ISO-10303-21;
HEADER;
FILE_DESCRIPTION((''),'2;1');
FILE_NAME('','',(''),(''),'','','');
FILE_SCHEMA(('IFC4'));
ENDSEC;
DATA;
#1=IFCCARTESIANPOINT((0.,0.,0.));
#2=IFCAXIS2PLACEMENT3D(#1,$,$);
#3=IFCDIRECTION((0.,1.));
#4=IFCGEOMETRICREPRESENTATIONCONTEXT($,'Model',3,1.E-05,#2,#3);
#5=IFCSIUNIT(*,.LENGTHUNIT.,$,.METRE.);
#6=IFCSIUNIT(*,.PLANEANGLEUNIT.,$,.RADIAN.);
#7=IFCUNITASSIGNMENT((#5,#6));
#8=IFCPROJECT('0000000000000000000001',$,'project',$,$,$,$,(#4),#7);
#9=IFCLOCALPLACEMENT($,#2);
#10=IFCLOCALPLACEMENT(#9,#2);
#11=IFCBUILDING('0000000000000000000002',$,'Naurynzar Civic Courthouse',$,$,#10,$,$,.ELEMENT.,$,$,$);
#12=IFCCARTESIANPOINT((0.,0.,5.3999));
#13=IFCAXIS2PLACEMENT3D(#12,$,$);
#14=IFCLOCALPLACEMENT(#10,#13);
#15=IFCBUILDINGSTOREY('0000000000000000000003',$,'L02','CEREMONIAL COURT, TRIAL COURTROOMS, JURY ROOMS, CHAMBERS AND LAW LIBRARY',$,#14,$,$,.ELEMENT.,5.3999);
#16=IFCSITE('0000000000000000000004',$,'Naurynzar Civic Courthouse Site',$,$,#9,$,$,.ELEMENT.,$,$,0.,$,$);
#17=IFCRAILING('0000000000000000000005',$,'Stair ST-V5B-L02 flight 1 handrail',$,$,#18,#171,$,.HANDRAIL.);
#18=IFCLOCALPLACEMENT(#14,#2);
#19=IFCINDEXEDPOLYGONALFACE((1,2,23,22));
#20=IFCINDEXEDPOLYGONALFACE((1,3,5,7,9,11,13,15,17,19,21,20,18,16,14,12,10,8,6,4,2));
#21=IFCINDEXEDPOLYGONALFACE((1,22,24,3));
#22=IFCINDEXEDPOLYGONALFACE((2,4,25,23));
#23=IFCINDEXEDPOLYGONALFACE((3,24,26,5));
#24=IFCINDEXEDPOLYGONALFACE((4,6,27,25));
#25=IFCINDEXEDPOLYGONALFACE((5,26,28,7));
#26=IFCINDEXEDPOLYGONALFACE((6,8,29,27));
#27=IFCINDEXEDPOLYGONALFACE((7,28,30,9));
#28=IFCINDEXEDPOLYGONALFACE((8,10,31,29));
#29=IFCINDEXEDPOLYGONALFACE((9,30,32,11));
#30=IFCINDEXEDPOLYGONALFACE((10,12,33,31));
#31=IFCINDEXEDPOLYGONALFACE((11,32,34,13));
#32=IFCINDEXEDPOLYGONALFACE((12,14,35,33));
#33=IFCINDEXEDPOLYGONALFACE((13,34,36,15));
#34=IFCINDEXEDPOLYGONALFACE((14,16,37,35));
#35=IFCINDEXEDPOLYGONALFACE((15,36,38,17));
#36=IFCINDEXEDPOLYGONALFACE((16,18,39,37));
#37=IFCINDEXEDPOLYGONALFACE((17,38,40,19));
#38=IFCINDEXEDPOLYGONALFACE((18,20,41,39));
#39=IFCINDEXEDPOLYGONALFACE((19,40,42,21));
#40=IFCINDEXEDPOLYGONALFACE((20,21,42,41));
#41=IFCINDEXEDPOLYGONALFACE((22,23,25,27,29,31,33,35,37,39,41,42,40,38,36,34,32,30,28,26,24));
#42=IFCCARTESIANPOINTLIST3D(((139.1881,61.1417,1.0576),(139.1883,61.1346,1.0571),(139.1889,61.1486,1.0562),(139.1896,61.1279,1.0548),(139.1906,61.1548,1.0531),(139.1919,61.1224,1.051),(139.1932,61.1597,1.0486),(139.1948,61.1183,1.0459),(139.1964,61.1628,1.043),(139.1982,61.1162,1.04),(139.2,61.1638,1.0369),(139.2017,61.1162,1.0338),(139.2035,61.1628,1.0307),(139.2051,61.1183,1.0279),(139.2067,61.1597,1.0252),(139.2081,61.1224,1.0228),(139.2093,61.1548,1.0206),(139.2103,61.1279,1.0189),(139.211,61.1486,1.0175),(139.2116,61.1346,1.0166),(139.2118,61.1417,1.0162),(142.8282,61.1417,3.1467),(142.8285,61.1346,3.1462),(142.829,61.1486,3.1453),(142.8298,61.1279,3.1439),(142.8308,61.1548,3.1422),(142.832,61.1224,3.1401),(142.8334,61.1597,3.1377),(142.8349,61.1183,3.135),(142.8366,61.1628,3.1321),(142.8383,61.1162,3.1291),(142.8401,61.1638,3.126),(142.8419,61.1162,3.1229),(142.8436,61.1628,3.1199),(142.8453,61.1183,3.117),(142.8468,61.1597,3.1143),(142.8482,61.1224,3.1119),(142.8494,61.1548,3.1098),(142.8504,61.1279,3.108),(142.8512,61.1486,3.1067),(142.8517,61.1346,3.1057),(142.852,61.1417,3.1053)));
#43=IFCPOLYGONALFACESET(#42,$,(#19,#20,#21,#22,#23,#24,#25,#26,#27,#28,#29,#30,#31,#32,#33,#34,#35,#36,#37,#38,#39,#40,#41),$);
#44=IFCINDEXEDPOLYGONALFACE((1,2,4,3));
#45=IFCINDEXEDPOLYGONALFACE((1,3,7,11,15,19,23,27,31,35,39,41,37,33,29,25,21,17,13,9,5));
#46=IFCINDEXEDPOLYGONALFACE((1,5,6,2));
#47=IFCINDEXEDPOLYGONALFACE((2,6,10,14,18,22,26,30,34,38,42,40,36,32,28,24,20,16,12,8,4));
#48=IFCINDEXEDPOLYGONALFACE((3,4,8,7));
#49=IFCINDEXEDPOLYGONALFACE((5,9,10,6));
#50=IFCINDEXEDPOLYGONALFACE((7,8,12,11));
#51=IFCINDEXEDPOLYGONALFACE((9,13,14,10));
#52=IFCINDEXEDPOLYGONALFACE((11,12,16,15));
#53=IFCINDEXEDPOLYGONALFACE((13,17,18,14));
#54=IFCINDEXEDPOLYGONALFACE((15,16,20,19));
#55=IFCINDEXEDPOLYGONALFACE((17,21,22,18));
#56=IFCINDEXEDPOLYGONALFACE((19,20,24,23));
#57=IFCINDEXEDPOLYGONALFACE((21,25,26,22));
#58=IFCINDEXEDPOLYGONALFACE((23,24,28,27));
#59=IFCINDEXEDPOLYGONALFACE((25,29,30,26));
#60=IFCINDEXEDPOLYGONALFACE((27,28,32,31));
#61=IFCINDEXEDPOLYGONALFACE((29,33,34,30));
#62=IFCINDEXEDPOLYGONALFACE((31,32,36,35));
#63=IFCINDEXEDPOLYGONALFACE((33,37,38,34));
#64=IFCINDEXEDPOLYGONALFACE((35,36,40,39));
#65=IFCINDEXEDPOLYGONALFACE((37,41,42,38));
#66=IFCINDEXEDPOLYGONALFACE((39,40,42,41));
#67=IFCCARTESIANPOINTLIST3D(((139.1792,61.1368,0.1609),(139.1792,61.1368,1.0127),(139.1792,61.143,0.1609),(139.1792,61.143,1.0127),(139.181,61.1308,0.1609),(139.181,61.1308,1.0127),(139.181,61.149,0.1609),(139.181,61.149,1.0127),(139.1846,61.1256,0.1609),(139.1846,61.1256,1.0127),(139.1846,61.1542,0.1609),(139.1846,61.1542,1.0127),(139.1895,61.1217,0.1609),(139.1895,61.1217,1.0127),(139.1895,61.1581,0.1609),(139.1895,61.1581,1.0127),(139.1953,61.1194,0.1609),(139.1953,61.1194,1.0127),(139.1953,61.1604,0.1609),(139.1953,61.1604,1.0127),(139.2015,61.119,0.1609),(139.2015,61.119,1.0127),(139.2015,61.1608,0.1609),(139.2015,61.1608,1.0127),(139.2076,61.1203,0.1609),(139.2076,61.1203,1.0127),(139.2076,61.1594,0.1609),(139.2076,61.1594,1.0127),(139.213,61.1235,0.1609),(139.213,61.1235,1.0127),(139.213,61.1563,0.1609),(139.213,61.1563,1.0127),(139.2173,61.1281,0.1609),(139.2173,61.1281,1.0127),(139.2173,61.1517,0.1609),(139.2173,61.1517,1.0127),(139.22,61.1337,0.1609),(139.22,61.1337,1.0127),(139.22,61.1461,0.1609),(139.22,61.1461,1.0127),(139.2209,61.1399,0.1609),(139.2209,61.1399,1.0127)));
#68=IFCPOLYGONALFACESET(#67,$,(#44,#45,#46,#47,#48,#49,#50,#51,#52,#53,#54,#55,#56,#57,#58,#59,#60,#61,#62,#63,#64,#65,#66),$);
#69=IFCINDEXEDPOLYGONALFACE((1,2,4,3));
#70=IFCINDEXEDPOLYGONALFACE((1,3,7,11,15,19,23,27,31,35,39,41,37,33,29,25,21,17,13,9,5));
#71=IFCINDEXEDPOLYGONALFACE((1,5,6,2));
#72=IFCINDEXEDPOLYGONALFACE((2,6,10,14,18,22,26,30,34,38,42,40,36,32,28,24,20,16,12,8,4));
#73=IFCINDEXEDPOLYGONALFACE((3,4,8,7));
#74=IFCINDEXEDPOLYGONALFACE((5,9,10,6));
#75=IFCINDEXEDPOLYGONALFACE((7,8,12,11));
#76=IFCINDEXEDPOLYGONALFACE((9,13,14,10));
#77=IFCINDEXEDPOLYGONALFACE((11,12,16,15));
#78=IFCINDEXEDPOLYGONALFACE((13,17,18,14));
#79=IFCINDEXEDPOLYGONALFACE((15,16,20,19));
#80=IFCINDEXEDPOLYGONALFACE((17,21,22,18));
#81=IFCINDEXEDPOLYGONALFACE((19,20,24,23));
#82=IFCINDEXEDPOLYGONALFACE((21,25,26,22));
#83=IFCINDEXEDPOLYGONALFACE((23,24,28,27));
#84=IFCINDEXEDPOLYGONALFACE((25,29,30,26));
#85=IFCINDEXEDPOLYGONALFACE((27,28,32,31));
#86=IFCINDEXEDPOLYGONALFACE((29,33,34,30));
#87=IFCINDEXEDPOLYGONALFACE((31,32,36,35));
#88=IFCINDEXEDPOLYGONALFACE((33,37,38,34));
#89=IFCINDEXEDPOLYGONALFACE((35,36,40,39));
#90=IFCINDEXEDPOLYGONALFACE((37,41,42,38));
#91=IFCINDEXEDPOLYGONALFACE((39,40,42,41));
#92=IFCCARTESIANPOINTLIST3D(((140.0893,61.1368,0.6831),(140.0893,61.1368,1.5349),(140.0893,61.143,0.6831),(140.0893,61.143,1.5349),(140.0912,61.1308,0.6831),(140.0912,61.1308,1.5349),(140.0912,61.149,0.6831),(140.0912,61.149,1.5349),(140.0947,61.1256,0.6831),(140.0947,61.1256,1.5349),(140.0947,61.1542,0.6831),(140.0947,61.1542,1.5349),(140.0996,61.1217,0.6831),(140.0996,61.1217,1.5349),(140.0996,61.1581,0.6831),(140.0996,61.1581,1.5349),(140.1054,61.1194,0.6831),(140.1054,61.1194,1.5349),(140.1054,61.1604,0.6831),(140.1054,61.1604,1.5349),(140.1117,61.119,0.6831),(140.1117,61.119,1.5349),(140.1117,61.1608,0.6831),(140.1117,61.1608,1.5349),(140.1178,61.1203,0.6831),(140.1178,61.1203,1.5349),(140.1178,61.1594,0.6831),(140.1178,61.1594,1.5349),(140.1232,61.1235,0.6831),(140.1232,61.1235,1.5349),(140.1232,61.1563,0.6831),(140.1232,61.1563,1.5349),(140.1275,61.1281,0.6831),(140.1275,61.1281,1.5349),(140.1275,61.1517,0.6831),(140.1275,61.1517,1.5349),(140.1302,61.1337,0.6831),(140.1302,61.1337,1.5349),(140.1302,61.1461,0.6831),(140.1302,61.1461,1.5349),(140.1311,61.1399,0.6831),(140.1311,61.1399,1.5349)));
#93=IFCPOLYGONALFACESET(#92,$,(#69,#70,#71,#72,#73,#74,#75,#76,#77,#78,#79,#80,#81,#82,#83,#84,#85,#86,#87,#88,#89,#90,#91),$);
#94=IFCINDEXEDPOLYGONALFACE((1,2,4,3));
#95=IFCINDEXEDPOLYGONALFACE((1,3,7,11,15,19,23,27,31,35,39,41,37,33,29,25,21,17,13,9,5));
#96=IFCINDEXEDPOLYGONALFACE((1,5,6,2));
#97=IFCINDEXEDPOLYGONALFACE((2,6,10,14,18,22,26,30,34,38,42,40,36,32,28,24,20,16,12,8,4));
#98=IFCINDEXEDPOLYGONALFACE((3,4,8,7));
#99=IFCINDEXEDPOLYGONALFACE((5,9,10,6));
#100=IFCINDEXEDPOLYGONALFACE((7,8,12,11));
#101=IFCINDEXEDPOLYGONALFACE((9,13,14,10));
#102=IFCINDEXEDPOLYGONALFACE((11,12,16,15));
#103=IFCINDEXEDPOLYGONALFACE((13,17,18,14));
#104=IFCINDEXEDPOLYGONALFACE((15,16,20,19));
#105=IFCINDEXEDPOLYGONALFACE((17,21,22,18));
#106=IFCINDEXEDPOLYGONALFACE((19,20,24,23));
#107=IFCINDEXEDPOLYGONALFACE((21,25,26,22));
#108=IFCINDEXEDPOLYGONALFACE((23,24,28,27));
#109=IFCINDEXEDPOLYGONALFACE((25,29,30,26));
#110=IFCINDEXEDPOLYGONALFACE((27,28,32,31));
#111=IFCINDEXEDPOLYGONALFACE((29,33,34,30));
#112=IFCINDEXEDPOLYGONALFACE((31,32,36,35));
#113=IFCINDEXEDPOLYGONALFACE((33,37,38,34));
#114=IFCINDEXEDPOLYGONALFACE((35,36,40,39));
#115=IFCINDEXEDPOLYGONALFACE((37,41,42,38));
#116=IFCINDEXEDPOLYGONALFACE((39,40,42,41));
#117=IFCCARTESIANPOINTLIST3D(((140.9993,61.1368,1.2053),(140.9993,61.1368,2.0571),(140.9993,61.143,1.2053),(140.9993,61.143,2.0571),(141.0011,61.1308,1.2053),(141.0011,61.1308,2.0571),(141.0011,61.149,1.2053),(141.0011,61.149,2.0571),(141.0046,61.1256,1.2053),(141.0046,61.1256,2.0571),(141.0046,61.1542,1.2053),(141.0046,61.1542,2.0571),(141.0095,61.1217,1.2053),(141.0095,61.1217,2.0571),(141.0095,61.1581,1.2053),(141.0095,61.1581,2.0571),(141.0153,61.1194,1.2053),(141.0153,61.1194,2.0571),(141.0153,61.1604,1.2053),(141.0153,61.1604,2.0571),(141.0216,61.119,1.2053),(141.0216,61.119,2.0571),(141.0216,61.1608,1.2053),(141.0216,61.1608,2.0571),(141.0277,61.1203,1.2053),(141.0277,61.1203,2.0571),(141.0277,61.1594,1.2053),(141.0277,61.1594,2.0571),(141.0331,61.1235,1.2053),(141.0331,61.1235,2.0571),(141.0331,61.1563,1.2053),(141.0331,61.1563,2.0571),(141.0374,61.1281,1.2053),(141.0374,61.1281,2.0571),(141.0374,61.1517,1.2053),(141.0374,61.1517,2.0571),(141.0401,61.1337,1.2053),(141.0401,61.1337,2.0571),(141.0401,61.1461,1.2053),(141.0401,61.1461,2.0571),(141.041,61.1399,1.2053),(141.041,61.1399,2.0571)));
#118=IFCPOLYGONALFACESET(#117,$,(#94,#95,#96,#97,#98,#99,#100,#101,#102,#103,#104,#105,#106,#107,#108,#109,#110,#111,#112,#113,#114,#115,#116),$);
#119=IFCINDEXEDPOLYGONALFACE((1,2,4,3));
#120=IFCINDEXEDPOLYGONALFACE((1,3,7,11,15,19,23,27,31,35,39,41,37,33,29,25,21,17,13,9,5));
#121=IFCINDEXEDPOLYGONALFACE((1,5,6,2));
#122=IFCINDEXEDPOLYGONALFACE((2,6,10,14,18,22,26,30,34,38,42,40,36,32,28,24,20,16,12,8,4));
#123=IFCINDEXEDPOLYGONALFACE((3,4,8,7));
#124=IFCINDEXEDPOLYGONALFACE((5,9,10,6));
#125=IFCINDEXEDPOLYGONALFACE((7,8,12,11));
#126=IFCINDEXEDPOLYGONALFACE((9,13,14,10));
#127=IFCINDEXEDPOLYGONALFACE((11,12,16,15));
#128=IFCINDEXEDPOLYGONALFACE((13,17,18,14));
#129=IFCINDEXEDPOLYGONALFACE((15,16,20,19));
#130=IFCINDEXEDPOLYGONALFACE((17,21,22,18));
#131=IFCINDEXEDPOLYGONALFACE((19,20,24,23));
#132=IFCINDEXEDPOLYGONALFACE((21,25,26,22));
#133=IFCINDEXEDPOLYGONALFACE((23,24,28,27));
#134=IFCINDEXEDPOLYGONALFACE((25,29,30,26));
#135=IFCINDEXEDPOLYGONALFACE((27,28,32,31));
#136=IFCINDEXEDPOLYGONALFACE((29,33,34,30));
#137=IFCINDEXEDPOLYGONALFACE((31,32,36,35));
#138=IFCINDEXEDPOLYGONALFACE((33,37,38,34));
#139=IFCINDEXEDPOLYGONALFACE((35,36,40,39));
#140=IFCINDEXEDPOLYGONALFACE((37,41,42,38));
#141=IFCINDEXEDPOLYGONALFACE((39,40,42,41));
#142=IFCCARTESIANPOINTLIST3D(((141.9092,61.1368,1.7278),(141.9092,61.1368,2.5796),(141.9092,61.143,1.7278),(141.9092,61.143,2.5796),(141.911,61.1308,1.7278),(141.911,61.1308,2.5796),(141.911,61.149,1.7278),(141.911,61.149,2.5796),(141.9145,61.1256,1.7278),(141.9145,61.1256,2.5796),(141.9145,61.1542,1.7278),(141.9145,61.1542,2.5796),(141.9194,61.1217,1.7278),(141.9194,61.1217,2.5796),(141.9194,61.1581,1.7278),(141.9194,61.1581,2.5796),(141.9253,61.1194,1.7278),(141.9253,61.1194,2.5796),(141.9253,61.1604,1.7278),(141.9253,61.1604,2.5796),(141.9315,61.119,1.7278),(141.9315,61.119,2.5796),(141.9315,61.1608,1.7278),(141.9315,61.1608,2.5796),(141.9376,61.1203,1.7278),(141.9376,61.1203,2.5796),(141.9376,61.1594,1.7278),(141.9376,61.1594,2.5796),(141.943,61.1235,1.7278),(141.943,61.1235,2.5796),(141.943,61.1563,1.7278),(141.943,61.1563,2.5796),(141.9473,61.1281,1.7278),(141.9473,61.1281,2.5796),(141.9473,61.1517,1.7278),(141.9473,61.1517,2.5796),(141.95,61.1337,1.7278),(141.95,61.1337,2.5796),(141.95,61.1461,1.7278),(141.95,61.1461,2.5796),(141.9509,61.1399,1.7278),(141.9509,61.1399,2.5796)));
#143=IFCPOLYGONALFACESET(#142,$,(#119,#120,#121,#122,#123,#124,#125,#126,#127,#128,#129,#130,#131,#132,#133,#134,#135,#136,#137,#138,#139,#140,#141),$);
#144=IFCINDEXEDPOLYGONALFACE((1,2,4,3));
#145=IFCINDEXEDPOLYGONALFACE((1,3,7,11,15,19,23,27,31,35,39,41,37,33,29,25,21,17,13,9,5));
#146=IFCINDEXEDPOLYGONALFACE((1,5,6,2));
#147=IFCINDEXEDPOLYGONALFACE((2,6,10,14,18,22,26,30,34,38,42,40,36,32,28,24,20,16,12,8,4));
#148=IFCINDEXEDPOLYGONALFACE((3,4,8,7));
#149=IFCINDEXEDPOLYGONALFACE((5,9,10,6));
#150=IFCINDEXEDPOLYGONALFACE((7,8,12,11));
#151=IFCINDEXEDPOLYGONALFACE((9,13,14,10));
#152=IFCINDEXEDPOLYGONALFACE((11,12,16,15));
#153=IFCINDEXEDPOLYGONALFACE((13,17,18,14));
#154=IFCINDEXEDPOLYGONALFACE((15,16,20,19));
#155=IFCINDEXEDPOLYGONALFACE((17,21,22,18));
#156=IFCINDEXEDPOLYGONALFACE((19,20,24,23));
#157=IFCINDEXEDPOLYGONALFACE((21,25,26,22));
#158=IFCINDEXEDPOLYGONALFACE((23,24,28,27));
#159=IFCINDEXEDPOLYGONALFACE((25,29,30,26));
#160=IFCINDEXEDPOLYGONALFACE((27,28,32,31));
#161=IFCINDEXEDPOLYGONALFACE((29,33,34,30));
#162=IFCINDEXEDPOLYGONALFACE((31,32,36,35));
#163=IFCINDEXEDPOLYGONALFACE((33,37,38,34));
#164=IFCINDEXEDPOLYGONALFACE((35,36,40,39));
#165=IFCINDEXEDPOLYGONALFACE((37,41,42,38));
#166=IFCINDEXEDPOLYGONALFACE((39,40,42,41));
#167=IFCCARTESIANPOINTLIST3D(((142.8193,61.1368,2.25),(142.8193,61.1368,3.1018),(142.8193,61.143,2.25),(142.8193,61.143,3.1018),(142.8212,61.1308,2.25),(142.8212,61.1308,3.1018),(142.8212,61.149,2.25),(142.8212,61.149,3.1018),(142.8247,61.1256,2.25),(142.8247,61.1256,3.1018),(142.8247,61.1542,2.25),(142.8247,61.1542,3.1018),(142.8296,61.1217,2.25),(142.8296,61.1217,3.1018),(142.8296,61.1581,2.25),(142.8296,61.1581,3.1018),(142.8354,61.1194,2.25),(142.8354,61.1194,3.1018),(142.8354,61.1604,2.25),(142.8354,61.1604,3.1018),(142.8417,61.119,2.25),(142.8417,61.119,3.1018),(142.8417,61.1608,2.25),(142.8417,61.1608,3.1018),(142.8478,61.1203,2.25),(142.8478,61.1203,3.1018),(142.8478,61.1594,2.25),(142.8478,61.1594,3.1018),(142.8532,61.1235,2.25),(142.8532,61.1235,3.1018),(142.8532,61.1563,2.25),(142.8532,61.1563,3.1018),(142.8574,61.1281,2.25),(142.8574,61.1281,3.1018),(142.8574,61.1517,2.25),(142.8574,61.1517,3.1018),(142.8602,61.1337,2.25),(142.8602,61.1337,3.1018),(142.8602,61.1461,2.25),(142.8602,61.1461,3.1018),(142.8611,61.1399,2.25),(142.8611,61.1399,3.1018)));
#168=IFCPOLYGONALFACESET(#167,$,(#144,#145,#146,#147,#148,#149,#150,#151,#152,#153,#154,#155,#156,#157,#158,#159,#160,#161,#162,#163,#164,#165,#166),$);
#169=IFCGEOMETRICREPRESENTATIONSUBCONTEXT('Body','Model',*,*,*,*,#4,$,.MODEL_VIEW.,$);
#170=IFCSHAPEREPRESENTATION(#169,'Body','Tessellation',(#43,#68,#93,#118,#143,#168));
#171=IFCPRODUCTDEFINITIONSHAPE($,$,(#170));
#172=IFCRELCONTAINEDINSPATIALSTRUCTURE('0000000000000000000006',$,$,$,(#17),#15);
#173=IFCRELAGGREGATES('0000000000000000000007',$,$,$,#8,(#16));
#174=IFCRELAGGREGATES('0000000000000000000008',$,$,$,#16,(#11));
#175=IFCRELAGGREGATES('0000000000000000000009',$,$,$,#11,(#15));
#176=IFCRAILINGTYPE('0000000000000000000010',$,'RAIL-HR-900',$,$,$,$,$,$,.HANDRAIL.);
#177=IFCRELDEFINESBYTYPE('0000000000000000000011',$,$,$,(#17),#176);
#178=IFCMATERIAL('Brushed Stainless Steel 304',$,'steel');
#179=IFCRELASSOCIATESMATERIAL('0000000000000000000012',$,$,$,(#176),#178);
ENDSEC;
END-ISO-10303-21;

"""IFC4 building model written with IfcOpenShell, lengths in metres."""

from ifc_helpers import new_model, si_unit, direction, frame, origin, origin_2d, place, context, subcontext, project, spatial, circle, extrude, material, type_object, element, save


model = new_model("IFC4")

# Units and contexts
model_context = context("Model", 3, precision=1e-05, world=origin(), true_north=direction((0.0, 1.0)))
body_context = subcontext(model_context, "Body", "Model", "MODEL_VIEW")
ifc_project = project(units=[si_unit("LENGTHUNIT", "METRE"), si_unit("PLANEANGLEUNIT", "RADIAN")], contexts=[model_context])

# Site, building, storey
site_placement = place(None, origin())
site = spatial("IfcSite", under=ifc_project, at=site_placement, Name="Naurynzar Civic Courthouse Site", CompositionType="ELEMENT", RefElevation=0.0)
building_placement = place(site_placement, origin())
building = spatial("IfcBuilding", under=site, at=building_placement, Name="Naurynzar Civic Courthouse", CompositionType="ELEMENT")
storey_placement = place(building_placement, frame((0.0, 0.0, 5.3999)))
storey = spatial("IfcBuildingStorey", under=building, at=storey_placement, Name="L02", Description="CEREMONIAL COURT, TRIAL COURTROOMS, JURY ROOMS, CHAMBERS AND LAW LIBRARY", CompositionType="ELEMENT", Elevation=5.3999)

# Railing
ifc_material_1 = material(Name="Brushed Stainless Steel 304", Category="steel")
railing_type_1 = type_object("IfcRailingType", Name="RAIL-HR-900", PredefinedType="HANDRAIL", material=ifc_material_1)
railing_1_placement = place(storey_placement, frame((139.2, 61.1399, 0.1609)))
element("IfcRailing", 1, at=railing_1_placement, inside=storey, type_object=railing_type_1, Name="Stair ST-V5B-L02 flight 1 handrail", PredefinedType="HANDRAIL", context=body_context, shape_type="SweptSolid", body=[
    extrude(circle(Radius=0.0239, at=origin_2d()), frame((0.0, 0.0, 0.876), z_axis=(0.867314, 0.0, 0.497761), x_axis=(0.0, 1.0, 0.0)), (0.0, 0.0, 1.0), 4.197),
    extrude(circle(Radius=0.021, at=origin_2d()), origin(), (0.0, 0.0, 1.0), 0.8518),
    extrude(circle(Radius=0.021, at=origin_2d()), frame((0.9102, 0.0, 0.5222)), (0.0, 0.0, 1.0), 0.8518),
    extrude(circle(Radius=0.021, at=origin_2d()), frame((1.8201, 0.0, 1.0444)), (0.0, 0.0, 1.0), 0.8518),
    extrude(circle(Radius=0.021, at=origin_2d()), frame((2.73, 0.0, 1.5669)), (0.0, 0.0, 1.0), 0.8518),
    extrude(circle(Radius=0.021, at=origin_2d()), frame((3.6401, 0.0, 2.0891)), (0.0, 0.0, 1.0), 0.8518),
])

save(model, "model.ifc")
